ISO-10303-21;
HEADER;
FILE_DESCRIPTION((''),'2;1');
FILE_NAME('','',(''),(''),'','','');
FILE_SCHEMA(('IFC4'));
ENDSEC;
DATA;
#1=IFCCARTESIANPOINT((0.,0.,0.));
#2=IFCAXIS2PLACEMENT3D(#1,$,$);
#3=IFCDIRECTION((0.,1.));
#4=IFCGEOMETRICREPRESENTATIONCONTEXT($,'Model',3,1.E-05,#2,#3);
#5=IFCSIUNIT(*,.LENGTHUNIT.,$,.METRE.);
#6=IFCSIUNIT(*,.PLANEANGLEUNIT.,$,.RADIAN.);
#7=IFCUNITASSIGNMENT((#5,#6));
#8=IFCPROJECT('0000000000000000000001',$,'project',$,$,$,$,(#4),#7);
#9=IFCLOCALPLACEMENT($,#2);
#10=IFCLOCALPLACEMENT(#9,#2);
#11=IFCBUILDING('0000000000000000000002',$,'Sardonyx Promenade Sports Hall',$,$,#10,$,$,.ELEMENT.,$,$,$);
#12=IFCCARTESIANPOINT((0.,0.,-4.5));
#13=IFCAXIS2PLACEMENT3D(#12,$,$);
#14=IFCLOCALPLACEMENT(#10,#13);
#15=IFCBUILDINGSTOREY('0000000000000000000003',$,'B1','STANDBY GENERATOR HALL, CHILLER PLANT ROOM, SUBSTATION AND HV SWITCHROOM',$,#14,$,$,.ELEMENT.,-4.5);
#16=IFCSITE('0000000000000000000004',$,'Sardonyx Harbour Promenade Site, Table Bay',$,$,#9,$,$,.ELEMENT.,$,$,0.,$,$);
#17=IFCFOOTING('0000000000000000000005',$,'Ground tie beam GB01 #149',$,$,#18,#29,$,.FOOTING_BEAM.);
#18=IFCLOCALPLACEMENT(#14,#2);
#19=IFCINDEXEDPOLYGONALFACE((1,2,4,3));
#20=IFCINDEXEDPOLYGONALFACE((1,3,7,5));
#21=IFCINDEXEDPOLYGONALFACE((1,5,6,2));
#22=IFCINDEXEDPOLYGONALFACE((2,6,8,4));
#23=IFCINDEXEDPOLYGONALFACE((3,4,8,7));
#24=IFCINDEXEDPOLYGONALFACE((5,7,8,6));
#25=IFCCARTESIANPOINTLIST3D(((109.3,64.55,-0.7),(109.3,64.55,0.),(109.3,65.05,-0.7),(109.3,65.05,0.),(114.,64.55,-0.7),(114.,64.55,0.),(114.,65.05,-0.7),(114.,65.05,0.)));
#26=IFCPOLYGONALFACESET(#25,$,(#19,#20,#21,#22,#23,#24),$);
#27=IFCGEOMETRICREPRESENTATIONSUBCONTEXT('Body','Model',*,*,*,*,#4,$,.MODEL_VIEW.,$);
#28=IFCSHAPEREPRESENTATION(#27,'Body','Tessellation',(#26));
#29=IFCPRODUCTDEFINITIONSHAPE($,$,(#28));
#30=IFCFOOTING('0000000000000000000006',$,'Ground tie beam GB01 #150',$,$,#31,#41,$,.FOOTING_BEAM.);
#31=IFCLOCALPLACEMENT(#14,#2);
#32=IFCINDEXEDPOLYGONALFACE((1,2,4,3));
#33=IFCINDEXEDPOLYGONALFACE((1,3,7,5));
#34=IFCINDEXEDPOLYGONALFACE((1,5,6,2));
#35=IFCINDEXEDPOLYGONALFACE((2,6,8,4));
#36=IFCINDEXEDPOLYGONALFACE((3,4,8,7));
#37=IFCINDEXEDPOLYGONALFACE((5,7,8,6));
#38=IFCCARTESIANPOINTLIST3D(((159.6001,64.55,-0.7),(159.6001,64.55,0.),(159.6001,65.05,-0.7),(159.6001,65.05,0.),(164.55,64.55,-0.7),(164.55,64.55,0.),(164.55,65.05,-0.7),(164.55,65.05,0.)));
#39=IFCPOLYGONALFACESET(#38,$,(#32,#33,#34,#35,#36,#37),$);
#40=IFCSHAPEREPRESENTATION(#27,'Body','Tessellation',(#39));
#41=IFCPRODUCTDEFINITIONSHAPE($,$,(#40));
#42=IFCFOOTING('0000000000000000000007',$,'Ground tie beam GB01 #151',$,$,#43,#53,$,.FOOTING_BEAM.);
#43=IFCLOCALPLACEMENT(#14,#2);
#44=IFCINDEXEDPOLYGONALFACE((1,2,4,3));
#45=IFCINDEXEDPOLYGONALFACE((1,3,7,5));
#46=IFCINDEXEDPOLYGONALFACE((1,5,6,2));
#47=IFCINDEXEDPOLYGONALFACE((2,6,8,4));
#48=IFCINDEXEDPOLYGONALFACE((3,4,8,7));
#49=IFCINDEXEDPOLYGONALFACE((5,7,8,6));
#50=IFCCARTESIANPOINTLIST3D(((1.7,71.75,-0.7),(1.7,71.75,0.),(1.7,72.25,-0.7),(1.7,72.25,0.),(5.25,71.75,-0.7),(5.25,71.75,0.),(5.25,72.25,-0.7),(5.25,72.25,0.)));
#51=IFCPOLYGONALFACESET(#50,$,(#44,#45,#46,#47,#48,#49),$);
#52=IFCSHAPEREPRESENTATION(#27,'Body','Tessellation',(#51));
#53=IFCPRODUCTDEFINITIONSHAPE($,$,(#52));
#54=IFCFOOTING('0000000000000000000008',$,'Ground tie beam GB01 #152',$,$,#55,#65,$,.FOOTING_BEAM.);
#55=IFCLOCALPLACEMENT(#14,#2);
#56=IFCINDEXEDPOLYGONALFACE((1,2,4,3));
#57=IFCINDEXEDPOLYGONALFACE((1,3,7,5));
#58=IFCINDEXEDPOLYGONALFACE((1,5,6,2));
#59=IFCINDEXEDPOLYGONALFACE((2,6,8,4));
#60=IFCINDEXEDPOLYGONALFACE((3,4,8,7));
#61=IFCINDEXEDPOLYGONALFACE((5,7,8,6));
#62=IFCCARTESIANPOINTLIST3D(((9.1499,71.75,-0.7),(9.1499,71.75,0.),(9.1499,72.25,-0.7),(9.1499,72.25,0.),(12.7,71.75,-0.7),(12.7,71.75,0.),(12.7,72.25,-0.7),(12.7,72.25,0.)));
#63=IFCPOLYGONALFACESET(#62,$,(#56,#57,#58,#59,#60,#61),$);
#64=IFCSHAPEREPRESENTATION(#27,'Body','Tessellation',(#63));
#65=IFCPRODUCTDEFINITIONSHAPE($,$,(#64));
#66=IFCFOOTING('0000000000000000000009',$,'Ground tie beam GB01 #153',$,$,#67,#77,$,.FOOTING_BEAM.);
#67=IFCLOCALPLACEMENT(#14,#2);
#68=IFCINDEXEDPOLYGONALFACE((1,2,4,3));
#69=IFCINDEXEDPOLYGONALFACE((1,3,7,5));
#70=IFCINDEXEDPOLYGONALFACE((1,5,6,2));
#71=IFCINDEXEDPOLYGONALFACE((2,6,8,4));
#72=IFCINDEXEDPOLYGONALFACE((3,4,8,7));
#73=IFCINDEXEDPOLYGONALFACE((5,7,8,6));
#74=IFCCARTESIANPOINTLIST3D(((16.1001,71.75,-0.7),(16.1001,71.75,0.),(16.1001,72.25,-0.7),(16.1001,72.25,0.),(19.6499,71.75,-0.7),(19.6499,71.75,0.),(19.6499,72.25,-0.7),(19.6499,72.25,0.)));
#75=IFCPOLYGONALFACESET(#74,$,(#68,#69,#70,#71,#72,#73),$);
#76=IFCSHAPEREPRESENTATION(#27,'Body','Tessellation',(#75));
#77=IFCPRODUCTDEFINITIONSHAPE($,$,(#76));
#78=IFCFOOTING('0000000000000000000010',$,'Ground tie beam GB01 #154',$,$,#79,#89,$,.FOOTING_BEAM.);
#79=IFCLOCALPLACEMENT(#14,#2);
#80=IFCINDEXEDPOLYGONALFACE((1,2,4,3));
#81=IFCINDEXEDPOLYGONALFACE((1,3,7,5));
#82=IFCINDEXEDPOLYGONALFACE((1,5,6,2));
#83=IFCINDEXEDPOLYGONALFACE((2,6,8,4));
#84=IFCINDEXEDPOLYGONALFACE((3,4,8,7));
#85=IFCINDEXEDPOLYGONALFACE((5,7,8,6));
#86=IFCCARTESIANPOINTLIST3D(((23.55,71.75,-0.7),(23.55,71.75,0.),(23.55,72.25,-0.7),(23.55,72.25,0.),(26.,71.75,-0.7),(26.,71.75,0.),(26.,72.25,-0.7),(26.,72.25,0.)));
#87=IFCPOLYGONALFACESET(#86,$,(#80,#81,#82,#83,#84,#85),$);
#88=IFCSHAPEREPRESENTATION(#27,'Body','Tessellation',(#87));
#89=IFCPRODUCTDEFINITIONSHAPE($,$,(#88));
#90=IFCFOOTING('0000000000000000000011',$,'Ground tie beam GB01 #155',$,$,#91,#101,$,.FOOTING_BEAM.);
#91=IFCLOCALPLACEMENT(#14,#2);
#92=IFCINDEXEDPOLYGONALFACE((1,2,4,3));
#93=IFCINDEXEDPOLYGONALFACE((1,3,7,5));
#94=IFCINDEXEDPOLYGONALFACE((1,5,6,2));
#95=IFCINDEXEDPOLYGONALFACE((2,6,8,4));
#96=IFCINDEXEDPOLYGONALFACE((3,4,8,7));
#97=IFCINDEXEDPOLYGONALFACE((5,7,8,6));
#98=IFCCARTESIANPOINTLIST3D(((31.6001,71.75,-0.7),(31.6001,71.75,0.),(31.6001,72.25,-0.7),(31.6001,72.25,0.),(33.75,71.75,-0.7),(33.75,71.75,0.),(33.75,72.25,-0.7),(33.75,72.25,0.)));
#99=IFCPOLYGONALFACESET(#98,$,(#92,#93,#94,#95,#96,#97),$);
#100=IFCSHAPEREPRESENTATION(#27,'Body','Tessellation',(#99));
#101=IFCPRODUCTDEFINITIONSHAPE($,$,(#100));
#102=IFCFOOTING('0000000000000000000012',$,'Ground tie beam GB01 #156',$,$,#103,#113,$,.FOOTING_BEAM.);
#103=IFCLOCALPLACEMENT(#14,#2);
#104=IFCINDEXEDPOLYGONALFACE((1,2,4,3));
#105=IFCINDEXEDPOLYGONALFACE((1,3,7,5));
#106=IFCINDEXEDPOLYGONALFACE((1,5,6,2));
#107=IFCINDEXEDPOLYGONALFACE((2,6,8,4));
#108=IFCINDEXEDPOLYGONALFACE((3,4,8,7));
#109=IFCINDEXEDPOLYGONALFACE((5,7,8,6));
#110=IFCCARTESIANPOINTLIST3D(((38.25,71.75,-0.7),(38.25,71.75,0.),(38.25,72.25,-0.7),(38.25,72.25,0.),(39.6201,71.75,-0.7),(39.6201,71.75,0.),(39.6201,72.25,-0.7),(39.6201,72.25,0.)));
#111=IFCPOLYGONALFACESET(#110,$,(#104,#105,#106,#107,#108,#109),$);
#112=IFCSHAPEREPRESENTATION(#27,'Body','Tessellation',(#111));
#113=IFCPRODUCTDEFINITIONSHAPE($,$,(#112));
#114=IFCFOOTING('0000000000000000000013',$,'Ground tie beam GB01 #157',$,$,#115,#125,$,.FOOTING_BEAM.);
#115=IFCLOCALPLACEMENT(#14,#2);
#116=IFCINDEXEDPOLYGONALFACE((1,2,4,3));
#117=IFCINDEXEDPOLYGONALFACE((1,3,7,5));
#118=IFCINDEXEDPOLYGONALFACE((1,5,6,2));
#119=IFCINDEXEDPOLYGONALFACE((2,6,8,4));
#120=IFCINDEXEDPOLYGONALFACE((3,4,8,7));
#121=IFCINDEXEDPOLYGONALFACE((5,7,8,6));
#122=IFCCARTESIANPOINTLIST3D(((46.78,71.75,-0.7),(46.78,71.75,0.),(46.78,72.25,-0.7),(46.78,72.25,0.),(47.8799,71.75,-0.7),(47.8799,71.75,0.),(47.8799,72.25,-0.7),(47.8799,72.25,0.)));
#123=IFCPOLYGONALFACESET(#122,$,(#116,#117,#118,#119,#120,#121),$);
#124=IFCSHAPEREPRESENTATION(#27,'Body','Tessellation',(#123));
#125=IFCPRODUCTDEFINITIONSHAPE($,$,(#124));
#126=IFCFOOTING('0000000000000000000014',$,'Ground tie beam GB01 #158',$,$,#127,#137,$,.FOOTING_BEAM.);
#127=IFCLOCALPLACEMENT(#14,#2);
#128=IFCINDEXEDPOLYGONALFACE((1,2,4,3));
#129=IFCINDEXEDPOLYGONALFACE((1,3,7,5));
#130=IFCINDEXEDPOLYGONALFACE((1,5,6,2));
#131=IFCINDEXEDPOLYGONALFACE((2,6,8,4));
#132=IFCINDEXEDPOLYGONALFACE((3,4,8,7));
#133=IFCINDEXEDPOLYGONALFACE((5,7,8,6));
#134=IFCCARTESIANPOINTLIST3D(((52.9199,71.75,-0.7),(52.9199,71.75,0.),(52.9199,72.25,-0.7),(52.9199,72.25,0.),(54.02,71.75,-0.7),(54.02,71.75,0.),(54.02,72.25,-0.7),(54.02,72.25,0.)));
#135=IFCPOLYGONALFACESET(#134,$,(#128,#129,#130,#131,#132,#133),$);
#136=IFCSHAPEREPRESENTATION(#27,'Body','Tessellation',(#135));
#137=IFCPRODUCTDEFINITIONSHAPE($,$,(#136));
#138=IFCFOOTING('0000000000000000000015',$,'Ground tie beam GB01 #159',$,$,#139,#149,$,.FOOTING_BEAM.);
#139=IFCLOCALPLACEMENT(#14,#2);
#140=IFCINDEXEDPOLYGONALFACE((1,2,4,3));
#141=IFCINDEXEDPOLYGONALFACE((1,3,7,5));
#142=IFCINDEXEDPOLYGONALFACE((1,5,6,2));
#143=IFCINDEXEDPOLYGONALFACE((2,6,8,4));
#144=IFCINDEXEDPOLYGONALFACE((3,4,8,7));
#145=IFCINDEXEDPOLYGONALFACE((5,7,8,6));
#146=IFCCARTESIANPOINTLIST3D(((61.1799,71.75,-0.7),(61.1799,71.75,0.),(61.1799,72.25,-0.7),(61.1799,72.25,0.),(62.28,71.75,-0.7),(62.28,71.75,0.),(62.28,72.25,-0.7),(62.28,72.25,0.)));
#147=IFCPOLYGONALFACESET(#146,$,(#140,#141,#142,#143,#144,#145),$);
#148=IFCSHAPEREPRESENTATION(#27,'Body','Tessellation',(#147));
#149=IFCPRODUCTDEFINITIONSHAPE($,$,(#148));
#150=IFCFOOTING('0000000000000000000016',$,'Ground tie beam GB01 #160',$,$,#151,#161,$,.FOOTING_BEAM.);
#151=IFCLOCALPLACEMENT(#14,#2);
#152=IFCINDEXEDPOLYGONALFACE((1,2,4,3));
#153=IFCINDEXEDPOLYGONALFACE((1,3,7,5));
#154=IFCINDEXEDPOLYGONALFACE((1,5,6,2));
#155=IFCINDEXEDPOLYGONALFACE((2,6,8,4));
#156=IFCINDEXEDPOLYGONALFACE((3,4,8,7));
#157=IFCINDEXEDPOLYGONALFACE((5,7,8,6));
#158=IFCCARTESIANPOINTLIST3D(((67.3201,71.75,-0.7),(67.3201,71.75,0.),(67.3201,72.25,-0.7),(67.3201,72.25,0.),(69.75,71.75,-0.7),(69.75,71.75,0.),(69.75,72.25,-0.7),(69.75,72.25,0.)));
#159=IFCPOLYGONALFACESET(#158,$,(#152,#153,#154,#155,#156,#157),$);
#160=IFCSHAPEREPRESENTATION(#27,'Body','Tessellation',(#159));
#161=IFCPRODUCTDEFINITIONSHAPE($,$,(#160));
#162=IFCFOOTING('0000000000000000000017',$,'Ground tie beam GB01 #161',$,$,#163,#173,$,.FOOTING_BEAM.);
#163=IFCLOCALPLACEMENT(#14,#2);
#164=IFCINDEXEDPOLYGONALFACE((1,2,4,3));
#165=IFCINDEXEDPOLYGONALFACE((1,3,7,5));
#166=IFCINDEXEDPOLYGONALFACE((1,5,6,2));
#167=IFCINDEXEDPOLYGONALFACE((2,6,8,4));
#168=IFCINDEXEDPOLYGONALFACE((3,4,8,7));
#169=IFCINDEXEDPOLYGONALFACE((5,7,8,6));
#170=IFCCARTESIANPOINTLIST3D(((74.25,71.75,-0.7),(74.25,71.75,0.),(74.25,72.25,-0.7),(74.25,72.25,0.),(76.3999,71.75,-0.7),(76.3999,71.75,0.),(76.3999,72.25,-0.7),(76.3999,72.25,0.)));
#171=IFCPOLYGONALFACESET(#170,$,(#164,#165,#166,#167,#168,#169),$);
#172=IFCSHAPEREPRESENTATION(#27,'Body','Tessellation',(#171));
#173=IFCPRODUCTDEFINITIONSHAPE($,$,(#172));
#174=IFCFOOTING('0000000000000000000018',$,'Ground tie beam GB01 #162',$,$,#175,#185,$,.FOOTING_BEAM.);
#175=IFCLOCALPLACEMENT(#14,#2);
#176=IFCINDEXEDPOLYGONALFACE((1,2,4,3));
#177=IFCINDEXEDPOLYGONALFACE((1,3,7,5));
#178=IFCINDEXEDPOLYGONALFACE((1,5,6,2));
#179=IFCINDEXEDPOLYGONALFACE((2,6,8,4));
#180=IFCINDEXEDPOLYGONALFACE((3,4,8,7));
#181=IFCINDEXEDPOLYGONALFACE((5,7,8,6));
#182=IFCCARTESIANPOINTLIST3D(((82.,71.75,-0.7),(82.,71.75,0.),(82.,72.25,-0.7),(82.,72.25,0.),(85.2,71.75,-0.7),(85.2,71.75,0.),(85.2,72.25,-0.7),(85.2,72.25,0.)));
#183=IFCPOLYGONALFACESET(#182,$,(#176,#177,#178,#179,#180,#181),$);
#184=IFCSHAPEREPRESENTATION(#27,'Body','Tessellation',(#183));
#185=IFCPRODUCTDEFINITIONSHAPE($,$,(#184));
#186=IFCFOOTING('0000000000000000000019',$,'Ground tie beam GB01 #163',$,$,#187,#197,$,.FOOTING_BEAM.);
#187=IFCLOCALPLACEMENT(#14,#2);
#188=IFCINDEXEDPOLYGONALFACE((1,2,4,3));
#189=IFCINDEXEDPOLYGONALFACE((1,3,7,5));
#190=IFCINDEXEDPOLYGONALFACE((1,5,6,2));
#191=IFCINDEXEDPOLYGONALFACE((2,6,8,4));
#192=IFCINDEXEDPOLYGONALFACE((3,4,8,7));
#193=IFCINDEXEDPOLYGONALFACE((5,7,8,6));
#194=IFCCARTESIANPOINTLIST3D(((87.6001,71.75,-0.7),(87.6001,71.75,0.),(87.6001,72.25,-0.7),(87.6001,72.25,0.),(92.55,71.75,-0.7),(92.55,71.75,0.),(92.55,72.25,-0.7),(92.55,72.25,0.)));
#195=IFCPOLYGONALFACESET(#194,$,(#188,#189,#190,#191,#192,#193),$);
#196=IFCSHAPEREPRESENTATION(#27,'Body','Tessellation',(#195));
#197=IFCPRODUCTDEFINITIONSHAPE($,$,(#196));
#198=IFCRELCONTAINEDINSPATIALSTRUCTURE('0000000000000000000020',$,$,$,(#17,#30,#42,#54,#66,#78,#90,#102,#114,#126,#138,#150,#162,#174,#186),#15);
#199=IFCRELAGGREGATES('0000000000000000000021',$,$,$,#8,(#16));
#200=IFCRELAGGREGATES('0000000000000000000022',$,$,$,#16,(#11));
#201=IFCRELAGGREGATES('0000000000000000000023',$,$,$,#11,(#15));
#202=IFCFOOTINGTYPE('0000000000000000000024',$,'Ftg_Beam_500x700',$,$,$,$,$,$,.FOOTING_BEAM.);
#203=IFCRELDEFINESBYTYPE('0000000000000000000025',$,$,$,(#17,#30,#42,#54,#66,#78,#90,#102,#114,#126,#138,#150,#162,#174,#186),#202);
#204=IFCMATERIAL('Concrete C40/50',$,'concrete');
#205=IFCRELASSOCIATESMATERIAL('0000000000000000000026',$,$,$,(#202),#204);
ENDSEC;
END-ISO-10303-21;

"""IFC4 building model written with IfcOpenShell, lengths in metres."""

from ifc_helpers import new_model, si_unit, direction, frame, origin, place, context, subcontext, project, spatial, polyline, outline, extrude, material, type_object, element, save


model = new_model("IFC4")

# Units and contexts
model_context = context("Model", 3, precision=1e-05, world=origin(), true_north=direction((0.0, 1.0)))
body_context = subcontext(model_context, "Body", "Model", "MODEL_VIEW")
ifc_project = project(units=[si_unit("LENGTHUNIT", "METRE"), si_unit("PLANEANGLEUNIT", "RADIAN")], contexts=[model_context])

# Site, building, storey
site_placement = place(None, origin())
site = spatial("IfcSite", under=ifc_project, at=site_placement, Name="Sardonyx Harbour Promenade Site, Table Bay", CompositionType="ELEMENT", RefElevation=0.0)
building_placement = place(site_placement, origin())
building = spatial("IfcBuilding", under=site, at=building_placement, Name="Sardonyx Promenade Sports Hall", CompositionType="ELEMENT")
storey_placement = place(building_placement, frame((0.0, 0.0, -4.5)))
storey = spatial("IfcBuildingStorey", under=building, at=storey_placement, Name="B1", Description="STANDBY GENERATOR HALL, CHILLER PLANT ROOM, SUBSTATION AND HV SWITCHROOM", CompositionType="ELEMENT", Elevation=-4.5)

# Footings
ifc_material = material(Name="Concrete C40/50", Category="concrete")
footing_type = type_object("IfcFootingType", Name="Ftg_Beam_500x700", PredefinedType="FOOTING_BEAM", material=ifc_material)
footing_1_placement = place(storey_placement, frame((0.0, 0.0, -0.7)))
element("IfcFooting", 1, at=footing_1_placement, inside=storey, type_object=footing_type, Name="Ground tie beam GB01 #149", PredefinedType="FOOTING_BEAM", context=body_context, shape_type="SweptSolid", body=[
    extrude(outline(polyline([(109.3, 64.55), (114.0, 64.55), (114.0, 65.05), (109.3, 65.05), (109.3, 64.55)])), origin(), (0.0, 0.0, 1.0), 0.7),
])
footing_2_placement = place(storey_placement, frame((0.0, 0.0, -0.7)))
element("IfcFooting", 2, at=footing_2_placement, inside=storey, type_object=footing_type, Name="Ground tie beam GB01 #150", PredefinedType="FOOTING_BEAM", context=body_context, shape_type="SweptSolid", body=[
    extrude(outline(polyline([(159.6001, 64.55), (164.55, 64.55), (164.55, 65.05), (159.6001, 65.05), (159.6001, 64.55)])), origin(), (0.0, 0.0, 1.0), 0.7),
])
footing_3_placement = place(storey_placement, frame((0.0, 0.0, -0.7)))
element("IfcFooting", 3, at=footing_3_placement, inside=storey, type_object=footing_type, Name="Ground tie beam GB01 #151", PredefinedType="FOOTING_BEAM", context=body_context, shape_type="SweptSolid", body=[
    extrude(outline(polyline([(1.7, 71.75), (5.25, 71.75), (5.25, 72.25), (1.7, 72.25), (1.7, 71.75)])), origin(), (0.0, 0.0, 1.0), 0.7),
])
footing_4_placement = place(storey_placement, frame((0.0, 0.0, -0.7)))
element("IfcFooting", 4, at=footing_4_placement, inside=storey, type_object=footing_type, Name="Ground tie beam GB01 #152", PredefinedType="FOOTING_BEAM", context=body_context, shape_type="SweptSolid", body=[
    extrude(outline(polyline([(9.1499, 71.75), (12.7, 71.75), (12.7, 72.25), (9.1499, 72.25), (9.1499, 71.75)])), origin(), (0.0, 0.0, 1.0), 0.7),
])
footing_5_placement = place(storey_placement, frame((0.0, 0.0, -0.7)))
element("IfcFooting", 5, at=footing_5_placement, inside=storey, type_object=footing_type, Name="Ground tie beam GB01 #153", PredefinedType="FOOTING_BEAM", context=body_context, shape_type="SweptSolid", body=[
    extrude(outline(polyline([(16.1001, 71.75), (19.6499, 71.75), (19.6499, 72.25), (16.1001, 72.25), (16.1001, 71.75)])), origin(), (0.0, 0.0, 1.0), 0.7),
])
footing_6_placement = place(storey_placement, frame((0.0, 0.0, -0.7)))
element("IfcFooting", 6, at=footing_6_placement, inside=storey, type_object=footing_type, Name="Ground tie beam GB01 #154", PredefinedType="FOOTING_BEAM", context=body_context, shape_type="SweptSolid", body=[
    extrude(outline(polyline([(23.55, 71.75), (26.0, 71.75), (26.0, 72.25), (23.55, 72.25), (23.55, 71.75)])), origin(), (0.0, 0.0, 1.0), 0.7),
])
footing_7_placement = place(storey_placement, frame((0.0, 0.0, -0.7)))
element("IfcFooting", 7, at=footing_7_placement, inside=storey, type_object=footing_type, Name="Ground tie beam GB01 #155", PredefinedType="FOOTING_BEAM", context=body_context, shape_type="SweptSolid", body=[
    extrude(outline(polyline([(31.6001, 71.75), (33.75, 71.75), (33.75, 72.25), (31.6001, 72.25), (31.6001, 71.75)])), origin(), (0.0, 0.0, 1.0), 0.7),
])
footing_8_placement = place(storey_placement, frame((0.0, 0.0, -0.7)))
element("IfcFooting", 8, at=footing_8_placement, inside=storey, type_object=footing_type, Name="Ground tie beam GB01 #156", PredefinedType="FOOTING_BEAM", context=body_context, shape_type="SweptSolid", body=[
    extrude(outline(polyline([(38.25, 71.75), (39.6201, 71.75), (39.6201, 72.25), (38.25, 72.25), (38.25, 71.75)])), origin(), (0.0, 0.0, 1.0), 0.7),
])
footing_9_placement = place(storey_placement, frame((0.0, 0.0, -0.7)))
element("IfcFooting", 9, at=footing_9_placement, inside=storey, type_object=footing_type, Name="Ground tie beam GB01 #157", PredefinedType="FOOTING_BEAM", context=body_context, shape_type="SweptSolid", body=[
    extrude(outline(polyline([(46.78, 71.75), (47.8799, 71.75), (47.8799, 72.25), (46.78, 72.25), (46.78, 71.75)])), origin(), (0.0, 0.0, 1.0), 0.7),
])
footing_10_placement = place(storey_placement, frame((0.0, 0.0, -0.7)))
element("IfcFooting", 10, at=footing_10_placement, inside=storey, type_object=footing_type, Name="Ground tie beam GB01 #158", PredefinedType="FOOTING_BEAM", context=body_context, shape_type="SweptSolid", body=[
    extrude(outline(polyline([(52.9199, 71.75), (54.02, 71.75), (54.02, 72.25), (52.9199, 72.25), (52.9199, 71.75)])), origin(), (0.0, 0.0, 1.0), 0.7),
])
footing_11_placement = place(storey_placement, frame((0.0, 0.0, -0.7)))
element("IfcFooting", 11, at=footing_11_placement, inside=storey, type_object=footing_type, Name="Ground tie beam GB01 #159", PredefinedType="FOOTING_BEAM", context=body_context, shape_type="SweptSolid", body=[
    extrude(outline(polyline([(61.1799, 71.75), (62.28, 71.75), (62.28, 72.25), (61.1799, 72.25), (61.1799, 71.75)])), origin(), (0.0, 0.0, 1.0), 0.7),
])
footing_12_placement = place(storey_placement, frame((0.0, 0.0, -0.7)))
element("IfcFooting", 12, at=footing_12_placement, inside=storey, type_object=footing_type, Name="Ground tie beam GB01 #160", PredefinedType="FOOTING_BEAM", context=body_context, shape_type="SweptSolid", body=[
    extrude(outline(polyline([(67.3201, 71.75), (69.75, 71.75), (69.75, 72.25), (67.3201, 72.25), (67.3201, 71.75)])), origin(), (0.0, 0.0, 1.0), 0.7),
])
footing_13_placement = place(storey_placement, frame((0.0, 0.0, -0.7)))
element("IfcFooting", 13, at=footing_13_placement, inside=storey, type_object=footing_type, Name="Ground tie beam GB01 #161", PredefinedType="FOOTING_BEAM", context=body_context, shape_type="SweptSolid", body=[
    extrude(outline(polyline([(74.25, 71.75), (76.3999, 71.75), (76.3999, 72.25), (74.25, 72.25), (74.25, 71.75)])), origin(), (0.0, 0.0, 1.0), 0.7),
])
footing_14_placement = place(storey_placement, frame((0.0, 0.0, -0.7)))
element("IfcFooting", 14, at=footing_14_placement, inside=storey, type_object=footing_type, Name="Ground tie beam GB01 #162", PredefinedType="FOOTING_BEAM", context=body_context, shape_type="SweptSolid", body=[
    extrude(outline(polyline([(82.0, 71.75), (85.2, 71.75), (85.2, 72.25), (82.0, 72.25), (82.0, 71.75)])), origin(), (0.0, 0.0, 1.0), 0.7),
])
footing_15_placement = place(storey_placement, frame((0.0, 0.0, -0.7)))
element("IfcFooting", 15, at=footing_15_placement, inside=storey, type_object=footing_type, Name="Ground tie beam GB01 #163", PredefinedType="FOOTING_BEAM", context=body_context, shape_type="SweptSolid", body=[
    extrude(outline(polyline([(87.6001, 71.75), (92.55, 71.75), (92.55, 72.25), (87.6001, 72.25), (87.6001, 71.75)])), origin(), (0.0, 0.0, 1.0), 0.7),
])

save(model, "model.ifc")
